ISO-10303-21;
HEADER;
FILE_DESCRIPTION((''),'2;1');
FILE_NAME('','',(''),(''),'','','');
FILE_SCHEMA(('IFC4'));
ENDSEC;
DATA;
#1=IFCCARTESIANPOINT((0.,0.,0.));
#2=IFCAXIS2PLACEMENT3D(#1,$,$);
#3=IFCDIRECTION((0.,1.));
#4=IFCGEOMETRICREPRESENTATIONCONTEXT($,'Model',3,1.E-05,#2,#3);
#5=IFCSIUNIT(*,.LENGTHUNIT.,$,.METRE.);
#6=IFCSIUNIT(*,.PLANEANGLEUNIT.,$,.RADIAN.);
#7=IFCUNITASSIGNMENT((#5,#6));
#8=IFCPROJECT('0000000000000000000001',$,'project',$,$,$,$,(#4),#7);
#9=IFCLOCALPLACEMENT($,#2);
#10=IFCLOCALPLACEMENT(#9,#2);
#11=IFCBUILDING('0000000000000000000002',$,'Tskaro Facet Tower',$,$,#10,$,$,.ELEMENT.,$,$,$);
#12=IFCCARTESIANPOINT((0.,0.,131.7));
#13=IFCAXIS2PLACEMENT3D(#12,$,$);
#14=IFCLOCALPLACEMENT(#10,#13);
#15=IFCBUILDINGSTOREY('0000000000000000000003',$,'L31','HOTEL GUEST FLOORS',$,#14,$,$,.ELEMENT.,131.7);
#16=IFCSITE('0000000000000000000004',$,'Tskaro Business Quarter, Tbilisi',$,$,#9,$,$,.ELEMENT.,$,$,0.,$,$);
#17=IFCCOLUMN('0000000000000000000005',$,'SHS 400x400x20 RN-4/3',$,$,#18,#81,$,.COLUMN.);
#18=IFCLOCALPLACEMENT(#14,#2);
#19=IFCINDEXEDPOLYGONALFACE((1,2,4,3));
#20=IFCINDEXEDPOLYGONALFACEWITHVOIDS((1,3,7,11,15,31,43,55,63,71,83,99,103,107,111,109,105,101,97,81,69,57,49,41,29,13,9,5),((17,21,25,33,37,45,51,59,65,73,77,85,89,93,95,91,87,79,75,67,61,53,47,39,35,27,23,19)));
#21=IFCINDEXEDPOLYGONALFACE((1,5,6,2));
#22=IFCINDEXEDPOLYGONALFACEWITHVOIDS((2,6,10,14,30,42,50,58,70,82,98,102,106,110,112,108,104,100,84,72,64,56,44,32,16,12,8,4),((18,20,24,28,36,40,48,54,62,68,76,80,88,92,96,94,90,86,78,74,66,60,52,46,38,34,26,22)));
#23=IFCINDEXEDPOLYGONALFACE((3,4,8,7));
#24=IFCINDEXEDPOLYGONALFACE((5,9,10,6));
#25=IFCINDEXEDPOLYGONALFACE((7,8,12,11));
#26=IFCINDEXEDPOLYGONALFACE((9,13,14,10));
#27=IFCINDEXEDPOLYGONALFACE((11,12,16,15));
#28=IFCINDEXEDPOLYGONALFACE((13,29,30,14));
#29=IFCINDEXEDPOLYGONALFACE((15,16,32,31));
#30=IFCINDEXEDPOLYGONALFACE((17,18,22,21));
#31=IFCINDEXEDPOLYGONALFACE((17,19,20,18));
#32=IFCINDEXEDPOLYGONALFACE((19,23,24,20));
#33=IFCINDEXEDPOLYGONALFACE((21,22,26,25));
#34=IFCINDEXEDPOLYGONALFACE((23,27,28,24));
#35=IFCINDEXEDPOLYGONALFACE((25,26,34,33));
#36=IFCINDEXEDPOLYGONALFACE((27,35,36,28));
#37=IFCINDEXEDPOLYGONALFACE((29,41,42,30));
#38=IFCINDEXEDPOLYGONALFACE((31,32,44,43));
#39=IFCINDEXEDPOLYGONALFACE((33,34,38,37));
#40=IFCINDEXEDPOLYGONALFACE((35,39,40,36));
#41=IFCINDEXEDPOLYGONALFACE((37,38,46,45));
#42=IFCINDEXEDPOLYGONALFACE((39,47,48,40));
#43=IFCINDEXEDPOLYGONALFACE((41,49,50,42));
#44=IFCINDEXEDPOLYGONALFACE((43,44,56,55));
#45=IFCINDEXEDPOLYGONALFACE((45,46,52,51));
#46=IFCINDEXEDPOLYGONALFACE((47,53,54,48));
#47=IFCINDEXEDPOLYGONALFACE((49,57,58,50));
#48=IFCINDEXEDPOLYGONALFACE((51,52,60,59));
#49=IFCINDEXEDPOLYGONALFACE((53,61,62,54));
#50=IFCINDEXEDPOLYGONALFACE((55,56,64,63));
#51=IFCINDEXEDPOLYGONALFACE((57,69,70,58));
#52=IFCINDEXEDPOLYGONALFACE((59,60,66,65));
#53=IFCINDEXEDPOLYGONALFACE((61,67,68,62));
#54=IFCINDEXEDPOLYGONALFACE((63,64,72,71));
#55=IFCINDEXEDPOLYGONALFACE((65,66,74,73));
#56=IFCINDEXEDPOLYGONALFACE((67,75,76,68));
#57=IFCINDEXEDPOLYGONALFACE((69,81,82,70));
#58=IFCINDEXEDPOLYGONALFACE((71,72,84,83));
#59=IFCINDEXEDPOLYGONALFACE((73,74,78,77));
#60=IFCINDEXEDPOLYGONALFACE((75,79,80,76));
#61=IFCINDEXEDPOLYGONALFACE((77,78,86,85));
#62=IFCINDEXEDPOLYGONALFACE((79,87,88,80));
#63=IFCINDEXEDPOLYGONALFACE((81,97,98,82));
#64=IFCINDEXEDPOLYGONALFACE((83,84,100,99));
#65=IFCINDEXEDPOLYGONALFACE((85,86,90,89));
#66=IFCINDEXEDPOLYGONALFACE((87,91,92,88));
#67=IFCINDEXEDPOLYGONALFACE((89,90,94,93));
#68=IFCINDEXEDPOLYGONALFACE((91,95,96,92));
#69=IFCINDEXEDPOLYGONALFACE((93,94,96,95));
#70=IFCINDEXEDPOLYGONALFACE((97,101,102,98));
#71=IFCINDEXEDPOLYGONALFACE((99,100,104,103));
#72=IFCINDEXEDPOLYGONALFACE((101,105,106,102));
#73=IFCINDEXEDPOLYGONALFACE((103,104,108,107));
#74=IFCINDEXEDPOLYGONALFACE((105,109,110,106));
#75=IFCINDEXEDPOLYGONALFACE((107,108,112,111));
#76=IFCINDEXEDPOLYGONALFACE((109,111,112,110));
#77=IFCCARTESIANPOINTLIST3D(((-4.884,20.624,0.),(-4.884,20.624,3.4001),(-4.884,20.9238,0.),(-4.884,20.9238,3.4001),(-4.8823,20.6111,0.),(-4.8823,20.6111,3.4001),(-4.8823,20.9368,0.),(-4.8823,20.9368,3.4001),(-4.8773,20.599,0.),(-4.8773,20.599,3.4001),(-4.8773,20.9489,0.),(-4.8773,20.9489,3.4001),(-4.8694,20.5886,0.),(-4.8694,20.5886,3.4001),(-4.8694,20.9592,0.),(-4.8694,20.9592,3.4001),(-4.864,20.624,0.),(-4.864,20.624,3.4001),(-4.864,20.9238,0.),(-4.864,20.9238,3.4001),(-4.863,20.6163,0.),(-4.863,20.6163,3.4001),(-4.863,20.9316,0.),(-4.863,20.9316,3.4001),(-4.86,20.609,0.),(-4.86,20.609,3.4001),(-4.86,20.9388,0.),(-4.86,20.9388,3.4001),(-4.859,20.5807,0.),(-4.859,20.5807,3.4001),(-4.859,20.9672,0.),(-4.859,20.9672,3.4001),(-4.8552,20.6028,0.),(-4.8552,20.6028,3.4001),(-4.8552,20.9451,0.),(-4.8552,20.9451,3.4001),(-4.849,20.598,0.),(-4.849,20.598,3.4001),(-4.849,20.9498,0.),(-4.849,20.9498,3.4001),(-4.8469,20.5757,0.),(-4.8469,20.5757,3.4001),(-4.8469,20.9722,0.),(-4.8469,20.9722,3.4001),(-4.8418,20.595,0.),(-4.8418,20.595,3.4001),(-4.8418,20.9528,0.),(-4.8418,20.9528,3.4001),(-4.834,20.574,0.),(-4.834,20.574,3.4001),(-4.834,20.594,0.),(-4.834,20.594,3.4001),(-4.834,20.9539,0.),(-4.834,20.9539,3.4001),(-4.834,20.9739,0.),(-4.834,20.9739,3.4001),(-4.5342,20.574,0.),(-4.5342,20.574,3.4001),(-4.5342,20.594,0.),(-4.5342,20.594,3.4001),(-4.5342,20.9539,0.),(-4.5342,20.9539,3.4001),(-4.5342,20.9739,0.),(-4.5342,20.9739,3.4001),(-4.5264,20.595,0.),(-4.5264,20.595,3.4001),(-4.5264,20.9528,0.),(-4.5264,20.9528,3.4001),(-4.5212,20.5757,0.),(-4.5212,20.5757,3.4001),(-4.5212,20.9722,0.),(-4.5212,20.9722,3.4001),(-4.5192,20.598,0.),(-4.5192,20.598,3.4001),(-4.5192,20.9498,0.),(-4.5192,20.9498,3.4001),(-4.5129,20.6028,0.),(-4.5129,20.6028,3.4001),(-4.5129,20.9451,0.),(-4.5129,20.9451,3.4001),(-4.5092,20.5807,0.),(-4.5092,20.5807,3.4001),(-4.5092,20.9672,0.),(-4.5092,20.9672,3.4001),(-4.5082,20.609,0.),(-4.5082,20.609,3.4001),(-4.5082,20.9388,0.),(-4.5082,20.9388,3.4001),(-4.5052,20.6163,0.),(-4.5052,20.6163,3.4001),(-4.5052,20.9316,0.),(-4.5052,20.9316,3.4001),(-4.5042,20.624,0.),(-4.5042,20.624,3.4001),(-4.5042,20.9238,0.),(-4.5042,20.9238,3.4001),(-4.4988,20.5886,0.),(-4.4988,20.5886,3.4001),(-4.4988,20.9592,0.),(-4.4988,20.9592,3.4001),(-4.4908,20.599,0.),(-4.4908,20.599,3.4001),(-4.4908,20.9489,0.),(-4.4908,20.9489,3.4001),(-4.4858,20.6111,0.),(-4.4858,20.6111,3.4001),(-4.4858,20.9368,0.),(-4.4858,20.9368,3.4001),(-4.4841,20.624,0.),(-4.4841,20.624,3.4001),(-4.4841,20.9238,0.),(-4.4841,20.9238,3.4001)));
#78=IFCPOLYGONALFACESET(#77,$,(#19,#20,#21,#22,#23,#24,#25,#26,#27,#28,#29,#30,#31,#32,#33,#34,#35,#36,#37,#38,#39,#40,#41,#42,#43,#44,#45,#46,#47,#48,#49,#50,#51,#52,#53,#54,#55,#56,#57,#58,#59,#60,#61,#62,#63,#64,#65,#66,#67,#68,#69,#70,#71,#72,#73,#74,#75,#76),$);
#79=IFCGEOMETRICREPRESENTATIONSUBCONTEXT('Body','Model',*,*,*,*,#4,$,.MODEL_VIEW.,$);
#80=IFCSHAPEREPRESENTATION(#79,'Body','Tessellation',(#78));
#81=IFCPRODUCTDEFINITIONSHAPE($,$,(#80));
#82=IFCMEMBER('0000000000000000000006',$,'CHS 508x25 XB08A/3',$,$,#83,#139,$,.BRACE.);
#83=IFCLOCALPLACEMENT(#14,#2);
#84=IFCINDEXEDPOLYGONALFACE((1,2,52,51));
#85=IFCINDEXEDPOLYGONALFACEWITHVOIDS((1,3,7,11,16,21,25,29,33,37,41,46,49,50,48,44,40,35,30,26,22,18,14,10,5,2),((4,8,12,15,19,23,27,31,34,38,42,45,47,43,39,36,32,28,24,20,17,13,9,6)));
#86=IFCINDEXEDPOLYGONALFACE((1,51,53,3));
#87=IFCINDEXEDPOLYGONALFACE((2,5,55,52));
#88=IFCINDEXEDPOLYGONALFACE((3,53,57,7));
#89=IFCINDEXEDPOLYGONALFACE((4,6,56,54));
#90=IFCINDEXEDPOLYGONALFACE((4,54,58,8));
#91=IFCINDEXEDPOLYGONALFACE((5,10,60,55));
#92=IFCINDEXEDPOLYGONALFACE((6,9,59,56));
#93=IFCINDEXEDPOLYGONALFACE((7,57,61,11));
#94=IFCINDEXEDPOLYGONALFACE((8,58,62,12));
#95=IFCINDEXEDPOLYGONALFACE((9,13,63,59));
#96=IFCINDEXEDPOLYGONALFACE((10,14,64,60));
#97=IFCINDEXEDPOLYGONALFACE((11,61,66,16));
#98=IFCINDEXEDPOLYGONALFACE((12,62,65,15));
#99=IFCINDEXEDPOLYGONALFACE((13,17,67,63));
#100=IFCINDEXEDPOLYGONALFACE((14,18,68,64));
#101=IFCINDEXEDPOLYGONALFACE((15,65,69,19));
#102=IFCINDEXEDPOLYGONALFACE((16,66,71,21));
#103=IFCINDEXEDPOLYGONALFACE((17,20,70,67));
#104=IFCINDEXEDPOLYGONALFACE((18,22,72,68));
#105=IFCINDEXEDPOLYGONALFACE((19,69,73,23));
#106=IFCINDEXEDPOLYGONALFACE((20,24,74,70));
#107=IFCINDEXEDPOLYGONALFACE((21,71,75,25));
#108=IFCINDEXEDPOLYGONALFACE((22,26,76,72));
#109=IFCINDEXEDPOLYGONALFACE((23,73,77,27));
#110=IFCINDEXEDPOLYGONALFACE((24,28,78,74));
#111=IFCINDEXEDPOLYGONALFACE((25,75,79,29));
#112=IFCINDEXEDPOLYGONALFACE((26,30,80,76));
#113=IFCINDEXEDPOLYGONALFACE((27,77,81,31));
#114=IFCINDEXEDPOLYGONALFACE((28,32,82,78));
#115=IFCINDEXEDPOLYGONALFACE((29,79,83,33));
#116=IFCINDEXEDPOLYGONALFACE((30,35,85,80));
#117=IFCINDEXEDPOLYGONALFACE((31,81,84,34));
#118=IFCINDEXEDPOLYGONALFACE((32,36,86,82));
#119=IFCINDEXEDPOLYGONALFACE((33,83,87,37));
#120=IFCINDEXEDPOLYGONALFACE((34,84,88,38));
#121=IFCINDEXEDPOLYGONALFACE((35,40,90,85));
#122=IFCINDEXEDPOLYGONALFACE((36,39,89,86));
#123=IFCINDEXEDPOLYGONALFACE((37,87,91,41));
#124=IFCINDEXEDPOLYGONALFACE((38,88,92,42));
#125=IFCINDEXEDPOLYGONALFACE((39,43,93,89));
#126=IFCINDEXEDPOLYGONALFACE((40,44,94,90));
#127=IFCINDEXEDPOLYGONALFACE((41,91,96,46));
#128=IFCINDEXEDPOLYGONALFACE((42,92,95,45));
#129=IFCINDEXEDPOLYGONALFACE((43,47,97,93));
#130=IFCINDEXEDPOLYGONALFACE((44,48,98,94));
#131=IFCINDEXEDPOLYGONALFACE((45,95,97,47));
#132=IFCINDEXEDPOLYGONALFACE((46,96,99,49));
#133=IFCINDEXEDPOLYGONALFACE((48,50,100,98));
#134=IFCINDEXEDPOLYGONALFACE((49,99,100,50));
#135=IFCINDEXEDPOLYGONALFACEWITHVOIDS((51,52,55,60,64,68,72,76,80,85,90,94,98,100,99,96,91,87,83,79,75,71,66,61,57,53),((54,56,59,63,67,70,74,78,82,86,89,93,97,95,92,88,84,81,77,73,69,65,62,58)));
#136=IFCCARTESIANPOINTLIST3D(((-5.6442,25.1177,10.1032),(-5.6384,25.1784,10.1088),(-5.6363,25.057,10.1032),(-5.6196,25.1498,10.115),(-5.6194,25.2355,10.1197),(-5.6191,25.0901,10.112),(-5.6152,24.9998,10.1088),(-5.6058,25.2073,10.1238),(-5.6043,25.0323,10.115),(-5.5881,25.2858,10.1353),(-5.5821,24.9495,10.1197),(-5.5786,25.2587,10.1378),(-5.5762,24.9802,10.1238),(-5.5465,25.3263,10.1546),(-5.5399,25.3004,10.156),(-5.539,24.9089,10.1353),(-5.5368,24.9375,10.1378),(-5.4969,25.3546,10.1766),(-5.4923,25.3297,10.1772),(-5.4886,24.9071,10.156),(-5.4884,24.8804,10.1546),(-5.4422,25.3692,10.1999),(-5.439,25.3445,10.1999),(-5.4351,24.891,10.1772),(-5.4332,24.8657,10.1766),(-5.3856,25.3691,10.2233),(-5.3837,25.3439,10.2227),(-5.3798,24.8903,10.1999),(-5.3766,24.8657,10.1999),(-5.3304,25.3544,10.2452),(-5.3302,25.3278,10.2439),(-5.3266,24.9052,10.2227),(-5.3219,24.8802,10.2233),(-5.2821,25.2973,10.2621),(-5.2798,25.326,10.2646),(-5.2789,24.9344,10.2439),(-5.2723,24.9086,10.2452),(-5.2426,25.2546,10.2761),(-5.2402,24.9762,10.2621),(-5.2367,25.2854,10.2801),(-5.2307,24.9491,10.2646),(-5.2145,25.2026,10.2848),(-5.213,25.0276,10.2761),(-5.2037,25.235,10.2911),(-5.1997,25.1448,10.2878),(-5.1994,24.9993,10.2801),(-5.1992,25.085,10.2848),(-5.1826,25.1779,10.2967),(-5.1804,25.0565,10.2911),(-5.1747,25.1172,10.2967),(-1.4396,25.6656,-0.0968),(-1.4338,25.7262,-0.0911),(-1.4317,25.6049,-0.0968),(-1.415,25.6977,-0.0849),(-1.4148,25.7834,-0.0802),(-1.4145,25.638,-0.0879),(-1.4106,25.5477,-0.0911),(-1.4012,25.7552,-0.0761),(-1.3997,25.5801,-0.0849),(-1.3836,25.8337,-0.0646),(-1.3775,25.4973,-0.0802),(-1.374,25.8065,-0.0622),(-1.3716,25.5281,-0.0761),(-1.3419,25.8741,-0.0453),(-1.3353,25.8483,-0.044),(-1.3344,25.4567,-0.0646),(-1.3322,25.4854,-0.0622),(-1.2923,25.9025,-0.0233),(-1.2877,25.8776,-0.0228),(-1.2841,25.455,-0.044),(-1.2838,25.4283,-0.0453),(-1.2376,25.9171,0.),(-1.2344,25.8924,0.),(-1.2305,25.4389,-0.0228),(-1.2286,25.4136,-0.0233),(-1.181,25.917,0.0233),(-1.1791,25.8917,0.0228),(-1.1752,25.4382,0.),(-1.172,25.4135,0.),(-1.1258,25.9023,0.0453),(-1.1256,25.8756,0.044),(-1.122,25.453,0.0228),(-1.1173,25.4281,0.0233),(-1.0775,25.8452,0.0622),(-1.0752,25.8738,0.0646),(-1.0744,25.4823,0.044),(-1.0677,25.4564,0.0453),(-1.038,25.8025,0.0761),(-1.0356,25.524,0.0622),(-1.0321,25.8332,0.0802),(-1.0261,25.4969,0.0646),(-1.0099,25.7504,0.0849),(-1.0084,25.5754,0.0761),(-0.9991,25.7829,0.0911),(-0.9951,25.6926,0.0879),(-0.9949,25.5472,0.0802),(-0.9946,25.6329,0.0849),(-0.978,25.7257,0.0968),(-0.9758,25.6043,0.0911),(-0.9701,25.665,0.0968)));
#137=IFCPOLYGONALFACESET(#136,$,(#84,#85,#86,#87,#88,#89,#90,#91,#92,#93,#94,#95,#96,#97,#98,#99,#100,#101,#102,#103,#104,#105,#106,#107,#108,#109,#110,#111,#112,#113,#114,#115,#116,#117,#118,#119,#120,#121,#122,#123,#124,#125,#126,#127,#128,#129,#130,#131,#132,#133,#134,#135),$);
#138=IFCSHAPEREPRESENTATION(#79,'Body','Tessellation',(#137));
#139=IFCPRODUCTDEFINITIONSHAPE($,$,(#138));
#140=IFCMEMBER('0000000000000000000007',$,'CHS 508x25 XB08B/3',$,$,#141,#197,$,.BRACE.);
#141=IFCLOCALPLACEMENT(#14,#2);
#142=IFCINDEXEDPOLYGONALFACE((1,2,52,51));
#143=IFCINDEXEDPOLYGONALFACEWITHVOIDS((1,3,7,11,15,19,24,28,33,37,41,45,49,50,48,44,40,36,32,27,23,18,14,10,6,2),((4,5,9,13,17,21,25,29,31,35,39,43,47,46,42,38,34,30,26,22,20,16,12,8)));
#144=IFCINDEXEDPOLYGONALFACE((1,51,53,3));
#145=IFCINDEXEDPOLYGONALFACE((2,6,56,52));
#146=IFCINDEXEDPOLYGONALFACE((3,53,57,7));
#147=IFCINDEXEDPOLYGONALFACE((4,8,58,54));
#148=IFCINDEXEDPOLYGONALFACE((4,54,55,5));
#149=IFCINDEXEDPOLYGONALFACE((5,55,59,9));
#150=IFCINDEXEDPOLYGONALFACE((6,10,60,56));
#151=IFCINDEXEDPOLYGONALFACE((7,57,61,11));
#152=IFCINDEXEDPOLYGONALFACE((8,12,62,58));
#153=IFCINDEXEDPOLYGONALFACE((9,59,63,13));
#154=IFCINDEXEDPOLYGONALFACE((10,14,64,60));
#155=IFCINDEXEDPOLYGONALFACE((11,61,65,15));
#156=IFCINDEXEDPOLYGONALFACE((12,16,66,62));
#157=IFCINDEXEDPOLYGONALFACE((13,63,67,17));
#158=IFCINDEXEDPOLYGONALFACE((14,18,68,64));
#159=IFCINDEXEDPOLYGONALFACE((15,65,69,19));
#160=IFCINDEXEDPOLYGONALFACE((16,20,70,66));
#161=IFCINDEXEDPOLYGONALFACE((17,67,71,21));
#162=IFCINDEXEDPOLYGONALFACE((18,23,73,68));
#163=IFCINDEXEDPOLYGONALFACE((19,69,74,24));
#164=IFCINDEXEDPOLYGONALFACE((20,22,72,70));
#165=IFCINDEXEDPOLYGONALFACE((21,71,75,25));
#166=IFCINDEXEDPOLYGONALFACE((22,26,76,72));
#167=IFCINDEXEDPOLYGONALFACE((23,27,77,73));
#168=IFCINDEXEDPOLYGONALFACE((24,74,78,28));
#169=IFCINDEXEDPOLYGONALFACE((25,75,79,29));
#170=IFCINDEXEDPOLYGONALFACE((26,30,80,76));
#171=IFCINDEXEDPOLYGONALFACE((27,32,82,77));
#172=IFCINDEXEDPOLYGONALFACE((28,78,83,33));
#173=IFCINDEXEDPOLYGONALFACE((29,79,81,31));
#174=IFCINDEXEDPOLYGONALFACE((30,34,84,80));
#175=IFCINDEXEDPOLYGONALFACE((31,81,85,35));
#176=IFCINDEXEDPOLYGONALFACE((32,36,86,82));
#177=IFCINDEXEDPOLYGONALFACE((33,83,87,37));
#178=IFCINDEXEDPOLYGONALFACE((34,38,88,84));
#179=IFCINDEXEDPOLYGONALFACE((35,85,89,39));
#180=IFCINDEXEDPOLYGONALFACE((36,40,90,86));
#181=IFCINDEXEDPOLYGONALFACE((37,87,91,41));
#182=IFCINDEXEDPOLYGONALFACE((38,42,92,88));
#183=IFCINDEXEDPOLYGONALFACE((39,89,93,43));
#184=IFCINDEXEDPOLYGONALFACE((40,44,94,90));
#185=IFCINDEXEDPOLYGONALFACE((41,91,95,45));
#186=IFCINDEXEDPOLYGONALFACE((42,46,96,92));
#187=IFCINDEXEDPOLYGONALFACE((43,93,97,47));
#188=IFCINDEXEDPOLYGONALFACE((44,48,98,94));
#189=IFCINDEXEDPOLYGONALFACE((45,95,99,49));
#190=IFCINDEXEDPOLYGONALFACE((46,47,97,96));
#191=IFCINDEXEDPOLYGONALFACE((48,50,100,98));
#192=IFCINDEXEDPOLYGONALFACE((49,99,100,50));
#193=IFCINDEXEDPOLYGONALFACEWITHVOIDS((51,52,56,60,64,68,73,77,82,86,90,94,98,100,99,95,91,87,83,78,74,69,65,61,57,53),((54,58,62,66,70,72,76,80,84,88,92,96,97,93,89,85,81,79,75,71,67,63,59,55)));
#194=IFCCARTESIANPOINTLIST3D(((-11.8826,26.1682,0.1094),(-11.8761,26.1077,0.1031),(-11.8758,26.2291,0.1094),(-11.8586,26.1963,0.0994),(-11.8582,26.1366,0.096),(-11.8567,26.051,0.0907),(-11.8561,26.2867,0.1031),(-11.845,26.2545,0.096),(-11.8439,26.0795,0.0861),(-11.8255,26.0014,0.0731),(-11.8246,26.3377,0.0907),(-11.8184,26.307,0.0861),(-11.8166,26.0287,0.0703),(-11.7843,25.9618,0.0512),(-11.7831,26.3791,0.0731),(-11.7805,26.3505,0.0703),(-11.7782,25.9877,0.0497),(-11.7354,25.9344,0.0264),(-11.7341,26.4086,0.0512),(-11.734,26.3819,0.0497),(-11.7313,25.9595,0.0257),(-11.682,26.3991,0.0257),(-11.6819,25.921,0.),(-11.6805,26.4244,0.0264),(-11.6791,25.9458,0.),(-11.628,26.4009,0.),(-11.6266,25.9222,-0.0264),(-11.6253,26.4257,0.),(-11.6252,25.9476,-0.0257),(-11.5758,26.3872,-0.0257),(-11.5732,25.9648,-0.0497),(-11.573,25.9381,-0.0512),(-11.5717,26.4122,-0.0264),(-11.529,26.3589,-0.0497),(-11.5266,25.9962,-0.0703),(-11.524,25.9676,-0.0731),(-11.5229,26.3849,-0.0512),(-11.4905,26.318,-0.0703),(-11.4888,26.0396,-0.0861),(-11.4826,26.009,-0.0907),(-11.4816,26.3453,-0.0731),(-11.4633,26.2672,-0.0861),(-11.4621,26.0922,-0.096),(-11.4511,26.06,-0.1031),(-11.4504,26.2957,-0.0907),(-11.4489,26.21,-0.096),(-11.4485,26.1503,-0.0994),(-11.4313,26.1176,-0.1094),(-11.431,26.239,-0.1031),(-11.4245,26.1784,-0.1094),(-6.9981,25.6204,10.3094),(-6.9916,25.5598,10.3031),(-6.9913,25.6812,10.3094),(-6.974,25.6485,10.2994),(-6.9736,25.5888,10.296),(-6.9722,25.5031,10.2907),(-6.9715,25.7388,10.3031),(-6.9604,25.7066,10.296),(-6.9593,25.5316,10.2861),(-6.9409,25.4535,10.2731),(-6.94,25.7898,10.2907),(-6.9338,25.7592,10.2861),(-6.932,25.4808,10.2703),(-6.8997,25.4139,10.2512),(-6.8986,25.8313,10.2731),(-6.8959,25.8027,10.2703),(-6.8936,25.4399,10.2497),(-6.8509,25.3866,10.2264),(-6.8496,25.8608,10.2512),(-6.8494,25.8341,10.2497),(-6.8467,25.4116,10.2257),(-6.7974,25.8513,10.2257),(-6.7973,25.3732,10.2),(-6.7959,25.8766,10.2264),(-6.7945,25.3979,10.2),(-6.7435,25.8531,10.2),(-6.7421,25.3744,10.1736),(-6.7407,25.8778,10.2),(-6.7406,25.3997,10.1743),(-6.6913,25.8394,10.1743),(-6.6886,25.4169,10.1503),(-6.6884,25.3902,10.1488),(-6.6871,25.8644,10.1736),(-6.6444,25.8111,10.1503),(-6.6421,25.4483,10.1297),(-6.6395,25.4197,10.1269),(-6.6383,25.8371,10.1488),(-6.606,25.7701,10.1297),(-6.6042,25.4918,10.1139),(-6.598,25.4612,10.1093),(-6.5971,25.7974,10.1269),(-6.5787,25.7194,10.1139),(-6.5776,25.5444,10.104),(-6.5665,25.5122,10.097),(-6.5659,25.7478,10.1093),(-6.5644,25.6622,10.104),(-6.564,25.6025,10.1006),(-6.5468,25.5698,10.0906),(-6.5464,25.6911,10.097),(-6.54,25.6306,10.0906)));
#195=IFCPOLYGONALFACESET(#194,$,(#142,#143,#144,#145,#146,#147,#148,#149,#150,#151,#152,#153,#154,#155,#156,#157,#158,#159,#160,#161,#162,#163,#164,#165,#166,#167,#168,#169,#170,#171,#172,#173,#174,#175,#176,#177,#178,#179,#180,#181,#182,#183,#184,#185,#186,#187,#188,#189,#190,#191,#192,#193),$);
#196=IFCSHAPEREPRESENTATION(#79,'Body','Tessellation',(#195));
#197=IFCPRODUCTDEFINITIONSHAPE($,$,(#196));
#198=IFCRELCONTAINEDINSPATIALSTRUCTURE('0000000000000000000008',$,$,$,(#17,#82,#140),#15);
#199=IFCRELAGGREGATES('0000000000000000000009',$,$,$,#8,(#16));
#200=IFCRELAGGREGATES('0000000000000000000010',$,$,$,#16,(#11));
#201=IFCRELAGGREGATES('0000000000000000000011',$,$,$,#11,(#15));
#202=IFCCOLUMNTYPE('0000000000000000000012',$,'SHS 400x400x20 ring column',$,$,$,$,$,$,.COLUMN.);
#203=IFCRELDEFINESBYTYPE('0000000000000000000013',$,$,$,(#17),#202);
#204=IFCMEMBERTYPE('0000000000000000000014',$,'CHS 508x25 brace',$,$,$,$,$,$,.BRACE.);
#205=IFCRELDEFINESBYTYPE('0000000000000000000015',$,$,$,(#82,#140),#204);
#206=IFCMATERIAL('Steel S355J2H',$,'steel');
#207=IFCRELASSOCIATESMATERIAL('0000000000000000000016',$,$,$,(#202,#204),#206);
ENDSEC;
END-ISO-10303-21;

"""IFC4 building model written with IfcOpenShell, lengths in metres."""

from ifc_helpers import new_model, si_unit, direction, frame, origin, origin_2d, place, context, subcontext, project, spatial, hollow_rectangle, hollow_circle, extrude, material, material_profile, profile_set, type_object, element, save


model = new_model("IFC4")

# Units and contexts
model_context = context("Model", 3, precision=1e-05, world=origin(), true_north=direction((0.0, 1.0)))
body_context = subcontext(model_context, "Body", "Model", "MODEL_VIEW")
ifc_project = project(units=[si_unit("LENGTHUNIT", "METRE"), si_unit("PLANEANGLEUNIT", "RADIAN")], contexts=[model_context])

# Site, building, storey
site_placement = place(None, origin())
site = spatial("IfcSite", under=ifc_project, at=site_placement, Name="Tskaro Business Quarter, Tbilisi", CompositionType="ELEMENT", RefElevation=0.0)
building_placement = place(site_placement, origin())
building = spatial("IfcBuilding", under=site, at=building_placement, Name="Tskaro Facet Tower", CompositionType="ELEMENT")
storey_placement = place(building_placement, frame((0.0, 0.0, 131.7)))
storey = spatial("IfcBuildingStorey", under=building, at=storey_placement, Name="L31", Description="HOTEL GUEST FLOORS", CompositionType="ELEMENT", Elevation=131.7)

# Column
ifc_material_1 = material(Name="Steel S355J2H", Category="steel")
ifc_material_profile_1 = material_profile(ifc_material_1, hollow_rectangle(XDim=0.3999, YDim=0.3999, WallThickness=0.02, InnerFilletRadius=0.03, OuterFilletRadius=0.05, at=origin_2d()), Name="SHS 400x400x20")
ifc_profile_set_1 = profile_set([ifc_material_profile_1], Name="Steel S355J2H")
column_type = type_object("IfcColumnType", Name="SHS 400x400x20 ring column", PredefinedType="COLUMN", material=ifc_profile_set_1)
column_placement = place(storey_placement, frame((-4.6841, 20.7739, 0.0), z_axis=(0.0, 0.0, 1.0), x_axis=(1.0, 0.0, 0.0)))
element("IfcColumn", 1, at=column_placement, inside=storey, type_object=column_type, Name="SHS 400x400x20 RN-4/3", PredefinedType="COLUMN", context=body_context, shape_type="SweptSolid", body=[
    extrude(hollow_rectangle(XDim=0.3999, YDim=0.3999, WallThickness=0.02, InnerFilletRadius=0.03, OuterFilletRadius=0.05, at=origin_2d()), origin(), (0.0, 0.0, 1.0), 3.4001),
])

# Members
ifc_material_profile_2 = material_profile(ifc_material_1, hollow_circle(Radius=0.2539, WallThickness=0.0249, at=origin_2d()), Name="CHS 508x25")
ifc_profile_set_2 = profile_set([ifc_material_profile_2], Name="Steel S355J2H")
member_type_1 = type_object("IfcMemberType", Name="CHS 508x25 brace", PredefinedType="BRACE", material=ifc_profile_set_2)
member_1_placement = place(storey_placement, frame((-1.2048, 25.6653, 0.0), z_axis=(-0.380638, -0.049597, 0.923393), x_axis=(0.129206, -0.991618, 0.0)))
element("IfcMember", 2, at=member_1_placement, inside=storey, type_object=member_type_1, Name="CHS 508x25 XB08A/3", PredefinedType="BRACE", context=body_context, shape_type="SweptSolid", body=[
    extrude(hollow_circle(Radius=0.2539, WallThickness=0.0249, at=origin_2d()), origin(), (0.0, 0.0, 1.0), 11.0461),
])
member_2_placement = place(storey_placement, frame((-11.6536, 26.1733, 0.0), z_axis=(0.431402, -0.048386, 0.900861), x_axis=(0.111462, 0.993769, 0.0)))
element("IfcMember", 3, at=member_2_placement, inside=storey, type_object=member_type_1, Name="CHS 508x25 XB08B/3", PredefinedType="BRACE", context=body_context, shape_type="SweptSolid", body=[
    extrude(hollow_circle(Radius=0.2539, WallThickness=0.0249, at=origin_2d()), origin(), (0.0, 0.0, 1.0), 11.3225),
])

save(model, "model.ifc")
